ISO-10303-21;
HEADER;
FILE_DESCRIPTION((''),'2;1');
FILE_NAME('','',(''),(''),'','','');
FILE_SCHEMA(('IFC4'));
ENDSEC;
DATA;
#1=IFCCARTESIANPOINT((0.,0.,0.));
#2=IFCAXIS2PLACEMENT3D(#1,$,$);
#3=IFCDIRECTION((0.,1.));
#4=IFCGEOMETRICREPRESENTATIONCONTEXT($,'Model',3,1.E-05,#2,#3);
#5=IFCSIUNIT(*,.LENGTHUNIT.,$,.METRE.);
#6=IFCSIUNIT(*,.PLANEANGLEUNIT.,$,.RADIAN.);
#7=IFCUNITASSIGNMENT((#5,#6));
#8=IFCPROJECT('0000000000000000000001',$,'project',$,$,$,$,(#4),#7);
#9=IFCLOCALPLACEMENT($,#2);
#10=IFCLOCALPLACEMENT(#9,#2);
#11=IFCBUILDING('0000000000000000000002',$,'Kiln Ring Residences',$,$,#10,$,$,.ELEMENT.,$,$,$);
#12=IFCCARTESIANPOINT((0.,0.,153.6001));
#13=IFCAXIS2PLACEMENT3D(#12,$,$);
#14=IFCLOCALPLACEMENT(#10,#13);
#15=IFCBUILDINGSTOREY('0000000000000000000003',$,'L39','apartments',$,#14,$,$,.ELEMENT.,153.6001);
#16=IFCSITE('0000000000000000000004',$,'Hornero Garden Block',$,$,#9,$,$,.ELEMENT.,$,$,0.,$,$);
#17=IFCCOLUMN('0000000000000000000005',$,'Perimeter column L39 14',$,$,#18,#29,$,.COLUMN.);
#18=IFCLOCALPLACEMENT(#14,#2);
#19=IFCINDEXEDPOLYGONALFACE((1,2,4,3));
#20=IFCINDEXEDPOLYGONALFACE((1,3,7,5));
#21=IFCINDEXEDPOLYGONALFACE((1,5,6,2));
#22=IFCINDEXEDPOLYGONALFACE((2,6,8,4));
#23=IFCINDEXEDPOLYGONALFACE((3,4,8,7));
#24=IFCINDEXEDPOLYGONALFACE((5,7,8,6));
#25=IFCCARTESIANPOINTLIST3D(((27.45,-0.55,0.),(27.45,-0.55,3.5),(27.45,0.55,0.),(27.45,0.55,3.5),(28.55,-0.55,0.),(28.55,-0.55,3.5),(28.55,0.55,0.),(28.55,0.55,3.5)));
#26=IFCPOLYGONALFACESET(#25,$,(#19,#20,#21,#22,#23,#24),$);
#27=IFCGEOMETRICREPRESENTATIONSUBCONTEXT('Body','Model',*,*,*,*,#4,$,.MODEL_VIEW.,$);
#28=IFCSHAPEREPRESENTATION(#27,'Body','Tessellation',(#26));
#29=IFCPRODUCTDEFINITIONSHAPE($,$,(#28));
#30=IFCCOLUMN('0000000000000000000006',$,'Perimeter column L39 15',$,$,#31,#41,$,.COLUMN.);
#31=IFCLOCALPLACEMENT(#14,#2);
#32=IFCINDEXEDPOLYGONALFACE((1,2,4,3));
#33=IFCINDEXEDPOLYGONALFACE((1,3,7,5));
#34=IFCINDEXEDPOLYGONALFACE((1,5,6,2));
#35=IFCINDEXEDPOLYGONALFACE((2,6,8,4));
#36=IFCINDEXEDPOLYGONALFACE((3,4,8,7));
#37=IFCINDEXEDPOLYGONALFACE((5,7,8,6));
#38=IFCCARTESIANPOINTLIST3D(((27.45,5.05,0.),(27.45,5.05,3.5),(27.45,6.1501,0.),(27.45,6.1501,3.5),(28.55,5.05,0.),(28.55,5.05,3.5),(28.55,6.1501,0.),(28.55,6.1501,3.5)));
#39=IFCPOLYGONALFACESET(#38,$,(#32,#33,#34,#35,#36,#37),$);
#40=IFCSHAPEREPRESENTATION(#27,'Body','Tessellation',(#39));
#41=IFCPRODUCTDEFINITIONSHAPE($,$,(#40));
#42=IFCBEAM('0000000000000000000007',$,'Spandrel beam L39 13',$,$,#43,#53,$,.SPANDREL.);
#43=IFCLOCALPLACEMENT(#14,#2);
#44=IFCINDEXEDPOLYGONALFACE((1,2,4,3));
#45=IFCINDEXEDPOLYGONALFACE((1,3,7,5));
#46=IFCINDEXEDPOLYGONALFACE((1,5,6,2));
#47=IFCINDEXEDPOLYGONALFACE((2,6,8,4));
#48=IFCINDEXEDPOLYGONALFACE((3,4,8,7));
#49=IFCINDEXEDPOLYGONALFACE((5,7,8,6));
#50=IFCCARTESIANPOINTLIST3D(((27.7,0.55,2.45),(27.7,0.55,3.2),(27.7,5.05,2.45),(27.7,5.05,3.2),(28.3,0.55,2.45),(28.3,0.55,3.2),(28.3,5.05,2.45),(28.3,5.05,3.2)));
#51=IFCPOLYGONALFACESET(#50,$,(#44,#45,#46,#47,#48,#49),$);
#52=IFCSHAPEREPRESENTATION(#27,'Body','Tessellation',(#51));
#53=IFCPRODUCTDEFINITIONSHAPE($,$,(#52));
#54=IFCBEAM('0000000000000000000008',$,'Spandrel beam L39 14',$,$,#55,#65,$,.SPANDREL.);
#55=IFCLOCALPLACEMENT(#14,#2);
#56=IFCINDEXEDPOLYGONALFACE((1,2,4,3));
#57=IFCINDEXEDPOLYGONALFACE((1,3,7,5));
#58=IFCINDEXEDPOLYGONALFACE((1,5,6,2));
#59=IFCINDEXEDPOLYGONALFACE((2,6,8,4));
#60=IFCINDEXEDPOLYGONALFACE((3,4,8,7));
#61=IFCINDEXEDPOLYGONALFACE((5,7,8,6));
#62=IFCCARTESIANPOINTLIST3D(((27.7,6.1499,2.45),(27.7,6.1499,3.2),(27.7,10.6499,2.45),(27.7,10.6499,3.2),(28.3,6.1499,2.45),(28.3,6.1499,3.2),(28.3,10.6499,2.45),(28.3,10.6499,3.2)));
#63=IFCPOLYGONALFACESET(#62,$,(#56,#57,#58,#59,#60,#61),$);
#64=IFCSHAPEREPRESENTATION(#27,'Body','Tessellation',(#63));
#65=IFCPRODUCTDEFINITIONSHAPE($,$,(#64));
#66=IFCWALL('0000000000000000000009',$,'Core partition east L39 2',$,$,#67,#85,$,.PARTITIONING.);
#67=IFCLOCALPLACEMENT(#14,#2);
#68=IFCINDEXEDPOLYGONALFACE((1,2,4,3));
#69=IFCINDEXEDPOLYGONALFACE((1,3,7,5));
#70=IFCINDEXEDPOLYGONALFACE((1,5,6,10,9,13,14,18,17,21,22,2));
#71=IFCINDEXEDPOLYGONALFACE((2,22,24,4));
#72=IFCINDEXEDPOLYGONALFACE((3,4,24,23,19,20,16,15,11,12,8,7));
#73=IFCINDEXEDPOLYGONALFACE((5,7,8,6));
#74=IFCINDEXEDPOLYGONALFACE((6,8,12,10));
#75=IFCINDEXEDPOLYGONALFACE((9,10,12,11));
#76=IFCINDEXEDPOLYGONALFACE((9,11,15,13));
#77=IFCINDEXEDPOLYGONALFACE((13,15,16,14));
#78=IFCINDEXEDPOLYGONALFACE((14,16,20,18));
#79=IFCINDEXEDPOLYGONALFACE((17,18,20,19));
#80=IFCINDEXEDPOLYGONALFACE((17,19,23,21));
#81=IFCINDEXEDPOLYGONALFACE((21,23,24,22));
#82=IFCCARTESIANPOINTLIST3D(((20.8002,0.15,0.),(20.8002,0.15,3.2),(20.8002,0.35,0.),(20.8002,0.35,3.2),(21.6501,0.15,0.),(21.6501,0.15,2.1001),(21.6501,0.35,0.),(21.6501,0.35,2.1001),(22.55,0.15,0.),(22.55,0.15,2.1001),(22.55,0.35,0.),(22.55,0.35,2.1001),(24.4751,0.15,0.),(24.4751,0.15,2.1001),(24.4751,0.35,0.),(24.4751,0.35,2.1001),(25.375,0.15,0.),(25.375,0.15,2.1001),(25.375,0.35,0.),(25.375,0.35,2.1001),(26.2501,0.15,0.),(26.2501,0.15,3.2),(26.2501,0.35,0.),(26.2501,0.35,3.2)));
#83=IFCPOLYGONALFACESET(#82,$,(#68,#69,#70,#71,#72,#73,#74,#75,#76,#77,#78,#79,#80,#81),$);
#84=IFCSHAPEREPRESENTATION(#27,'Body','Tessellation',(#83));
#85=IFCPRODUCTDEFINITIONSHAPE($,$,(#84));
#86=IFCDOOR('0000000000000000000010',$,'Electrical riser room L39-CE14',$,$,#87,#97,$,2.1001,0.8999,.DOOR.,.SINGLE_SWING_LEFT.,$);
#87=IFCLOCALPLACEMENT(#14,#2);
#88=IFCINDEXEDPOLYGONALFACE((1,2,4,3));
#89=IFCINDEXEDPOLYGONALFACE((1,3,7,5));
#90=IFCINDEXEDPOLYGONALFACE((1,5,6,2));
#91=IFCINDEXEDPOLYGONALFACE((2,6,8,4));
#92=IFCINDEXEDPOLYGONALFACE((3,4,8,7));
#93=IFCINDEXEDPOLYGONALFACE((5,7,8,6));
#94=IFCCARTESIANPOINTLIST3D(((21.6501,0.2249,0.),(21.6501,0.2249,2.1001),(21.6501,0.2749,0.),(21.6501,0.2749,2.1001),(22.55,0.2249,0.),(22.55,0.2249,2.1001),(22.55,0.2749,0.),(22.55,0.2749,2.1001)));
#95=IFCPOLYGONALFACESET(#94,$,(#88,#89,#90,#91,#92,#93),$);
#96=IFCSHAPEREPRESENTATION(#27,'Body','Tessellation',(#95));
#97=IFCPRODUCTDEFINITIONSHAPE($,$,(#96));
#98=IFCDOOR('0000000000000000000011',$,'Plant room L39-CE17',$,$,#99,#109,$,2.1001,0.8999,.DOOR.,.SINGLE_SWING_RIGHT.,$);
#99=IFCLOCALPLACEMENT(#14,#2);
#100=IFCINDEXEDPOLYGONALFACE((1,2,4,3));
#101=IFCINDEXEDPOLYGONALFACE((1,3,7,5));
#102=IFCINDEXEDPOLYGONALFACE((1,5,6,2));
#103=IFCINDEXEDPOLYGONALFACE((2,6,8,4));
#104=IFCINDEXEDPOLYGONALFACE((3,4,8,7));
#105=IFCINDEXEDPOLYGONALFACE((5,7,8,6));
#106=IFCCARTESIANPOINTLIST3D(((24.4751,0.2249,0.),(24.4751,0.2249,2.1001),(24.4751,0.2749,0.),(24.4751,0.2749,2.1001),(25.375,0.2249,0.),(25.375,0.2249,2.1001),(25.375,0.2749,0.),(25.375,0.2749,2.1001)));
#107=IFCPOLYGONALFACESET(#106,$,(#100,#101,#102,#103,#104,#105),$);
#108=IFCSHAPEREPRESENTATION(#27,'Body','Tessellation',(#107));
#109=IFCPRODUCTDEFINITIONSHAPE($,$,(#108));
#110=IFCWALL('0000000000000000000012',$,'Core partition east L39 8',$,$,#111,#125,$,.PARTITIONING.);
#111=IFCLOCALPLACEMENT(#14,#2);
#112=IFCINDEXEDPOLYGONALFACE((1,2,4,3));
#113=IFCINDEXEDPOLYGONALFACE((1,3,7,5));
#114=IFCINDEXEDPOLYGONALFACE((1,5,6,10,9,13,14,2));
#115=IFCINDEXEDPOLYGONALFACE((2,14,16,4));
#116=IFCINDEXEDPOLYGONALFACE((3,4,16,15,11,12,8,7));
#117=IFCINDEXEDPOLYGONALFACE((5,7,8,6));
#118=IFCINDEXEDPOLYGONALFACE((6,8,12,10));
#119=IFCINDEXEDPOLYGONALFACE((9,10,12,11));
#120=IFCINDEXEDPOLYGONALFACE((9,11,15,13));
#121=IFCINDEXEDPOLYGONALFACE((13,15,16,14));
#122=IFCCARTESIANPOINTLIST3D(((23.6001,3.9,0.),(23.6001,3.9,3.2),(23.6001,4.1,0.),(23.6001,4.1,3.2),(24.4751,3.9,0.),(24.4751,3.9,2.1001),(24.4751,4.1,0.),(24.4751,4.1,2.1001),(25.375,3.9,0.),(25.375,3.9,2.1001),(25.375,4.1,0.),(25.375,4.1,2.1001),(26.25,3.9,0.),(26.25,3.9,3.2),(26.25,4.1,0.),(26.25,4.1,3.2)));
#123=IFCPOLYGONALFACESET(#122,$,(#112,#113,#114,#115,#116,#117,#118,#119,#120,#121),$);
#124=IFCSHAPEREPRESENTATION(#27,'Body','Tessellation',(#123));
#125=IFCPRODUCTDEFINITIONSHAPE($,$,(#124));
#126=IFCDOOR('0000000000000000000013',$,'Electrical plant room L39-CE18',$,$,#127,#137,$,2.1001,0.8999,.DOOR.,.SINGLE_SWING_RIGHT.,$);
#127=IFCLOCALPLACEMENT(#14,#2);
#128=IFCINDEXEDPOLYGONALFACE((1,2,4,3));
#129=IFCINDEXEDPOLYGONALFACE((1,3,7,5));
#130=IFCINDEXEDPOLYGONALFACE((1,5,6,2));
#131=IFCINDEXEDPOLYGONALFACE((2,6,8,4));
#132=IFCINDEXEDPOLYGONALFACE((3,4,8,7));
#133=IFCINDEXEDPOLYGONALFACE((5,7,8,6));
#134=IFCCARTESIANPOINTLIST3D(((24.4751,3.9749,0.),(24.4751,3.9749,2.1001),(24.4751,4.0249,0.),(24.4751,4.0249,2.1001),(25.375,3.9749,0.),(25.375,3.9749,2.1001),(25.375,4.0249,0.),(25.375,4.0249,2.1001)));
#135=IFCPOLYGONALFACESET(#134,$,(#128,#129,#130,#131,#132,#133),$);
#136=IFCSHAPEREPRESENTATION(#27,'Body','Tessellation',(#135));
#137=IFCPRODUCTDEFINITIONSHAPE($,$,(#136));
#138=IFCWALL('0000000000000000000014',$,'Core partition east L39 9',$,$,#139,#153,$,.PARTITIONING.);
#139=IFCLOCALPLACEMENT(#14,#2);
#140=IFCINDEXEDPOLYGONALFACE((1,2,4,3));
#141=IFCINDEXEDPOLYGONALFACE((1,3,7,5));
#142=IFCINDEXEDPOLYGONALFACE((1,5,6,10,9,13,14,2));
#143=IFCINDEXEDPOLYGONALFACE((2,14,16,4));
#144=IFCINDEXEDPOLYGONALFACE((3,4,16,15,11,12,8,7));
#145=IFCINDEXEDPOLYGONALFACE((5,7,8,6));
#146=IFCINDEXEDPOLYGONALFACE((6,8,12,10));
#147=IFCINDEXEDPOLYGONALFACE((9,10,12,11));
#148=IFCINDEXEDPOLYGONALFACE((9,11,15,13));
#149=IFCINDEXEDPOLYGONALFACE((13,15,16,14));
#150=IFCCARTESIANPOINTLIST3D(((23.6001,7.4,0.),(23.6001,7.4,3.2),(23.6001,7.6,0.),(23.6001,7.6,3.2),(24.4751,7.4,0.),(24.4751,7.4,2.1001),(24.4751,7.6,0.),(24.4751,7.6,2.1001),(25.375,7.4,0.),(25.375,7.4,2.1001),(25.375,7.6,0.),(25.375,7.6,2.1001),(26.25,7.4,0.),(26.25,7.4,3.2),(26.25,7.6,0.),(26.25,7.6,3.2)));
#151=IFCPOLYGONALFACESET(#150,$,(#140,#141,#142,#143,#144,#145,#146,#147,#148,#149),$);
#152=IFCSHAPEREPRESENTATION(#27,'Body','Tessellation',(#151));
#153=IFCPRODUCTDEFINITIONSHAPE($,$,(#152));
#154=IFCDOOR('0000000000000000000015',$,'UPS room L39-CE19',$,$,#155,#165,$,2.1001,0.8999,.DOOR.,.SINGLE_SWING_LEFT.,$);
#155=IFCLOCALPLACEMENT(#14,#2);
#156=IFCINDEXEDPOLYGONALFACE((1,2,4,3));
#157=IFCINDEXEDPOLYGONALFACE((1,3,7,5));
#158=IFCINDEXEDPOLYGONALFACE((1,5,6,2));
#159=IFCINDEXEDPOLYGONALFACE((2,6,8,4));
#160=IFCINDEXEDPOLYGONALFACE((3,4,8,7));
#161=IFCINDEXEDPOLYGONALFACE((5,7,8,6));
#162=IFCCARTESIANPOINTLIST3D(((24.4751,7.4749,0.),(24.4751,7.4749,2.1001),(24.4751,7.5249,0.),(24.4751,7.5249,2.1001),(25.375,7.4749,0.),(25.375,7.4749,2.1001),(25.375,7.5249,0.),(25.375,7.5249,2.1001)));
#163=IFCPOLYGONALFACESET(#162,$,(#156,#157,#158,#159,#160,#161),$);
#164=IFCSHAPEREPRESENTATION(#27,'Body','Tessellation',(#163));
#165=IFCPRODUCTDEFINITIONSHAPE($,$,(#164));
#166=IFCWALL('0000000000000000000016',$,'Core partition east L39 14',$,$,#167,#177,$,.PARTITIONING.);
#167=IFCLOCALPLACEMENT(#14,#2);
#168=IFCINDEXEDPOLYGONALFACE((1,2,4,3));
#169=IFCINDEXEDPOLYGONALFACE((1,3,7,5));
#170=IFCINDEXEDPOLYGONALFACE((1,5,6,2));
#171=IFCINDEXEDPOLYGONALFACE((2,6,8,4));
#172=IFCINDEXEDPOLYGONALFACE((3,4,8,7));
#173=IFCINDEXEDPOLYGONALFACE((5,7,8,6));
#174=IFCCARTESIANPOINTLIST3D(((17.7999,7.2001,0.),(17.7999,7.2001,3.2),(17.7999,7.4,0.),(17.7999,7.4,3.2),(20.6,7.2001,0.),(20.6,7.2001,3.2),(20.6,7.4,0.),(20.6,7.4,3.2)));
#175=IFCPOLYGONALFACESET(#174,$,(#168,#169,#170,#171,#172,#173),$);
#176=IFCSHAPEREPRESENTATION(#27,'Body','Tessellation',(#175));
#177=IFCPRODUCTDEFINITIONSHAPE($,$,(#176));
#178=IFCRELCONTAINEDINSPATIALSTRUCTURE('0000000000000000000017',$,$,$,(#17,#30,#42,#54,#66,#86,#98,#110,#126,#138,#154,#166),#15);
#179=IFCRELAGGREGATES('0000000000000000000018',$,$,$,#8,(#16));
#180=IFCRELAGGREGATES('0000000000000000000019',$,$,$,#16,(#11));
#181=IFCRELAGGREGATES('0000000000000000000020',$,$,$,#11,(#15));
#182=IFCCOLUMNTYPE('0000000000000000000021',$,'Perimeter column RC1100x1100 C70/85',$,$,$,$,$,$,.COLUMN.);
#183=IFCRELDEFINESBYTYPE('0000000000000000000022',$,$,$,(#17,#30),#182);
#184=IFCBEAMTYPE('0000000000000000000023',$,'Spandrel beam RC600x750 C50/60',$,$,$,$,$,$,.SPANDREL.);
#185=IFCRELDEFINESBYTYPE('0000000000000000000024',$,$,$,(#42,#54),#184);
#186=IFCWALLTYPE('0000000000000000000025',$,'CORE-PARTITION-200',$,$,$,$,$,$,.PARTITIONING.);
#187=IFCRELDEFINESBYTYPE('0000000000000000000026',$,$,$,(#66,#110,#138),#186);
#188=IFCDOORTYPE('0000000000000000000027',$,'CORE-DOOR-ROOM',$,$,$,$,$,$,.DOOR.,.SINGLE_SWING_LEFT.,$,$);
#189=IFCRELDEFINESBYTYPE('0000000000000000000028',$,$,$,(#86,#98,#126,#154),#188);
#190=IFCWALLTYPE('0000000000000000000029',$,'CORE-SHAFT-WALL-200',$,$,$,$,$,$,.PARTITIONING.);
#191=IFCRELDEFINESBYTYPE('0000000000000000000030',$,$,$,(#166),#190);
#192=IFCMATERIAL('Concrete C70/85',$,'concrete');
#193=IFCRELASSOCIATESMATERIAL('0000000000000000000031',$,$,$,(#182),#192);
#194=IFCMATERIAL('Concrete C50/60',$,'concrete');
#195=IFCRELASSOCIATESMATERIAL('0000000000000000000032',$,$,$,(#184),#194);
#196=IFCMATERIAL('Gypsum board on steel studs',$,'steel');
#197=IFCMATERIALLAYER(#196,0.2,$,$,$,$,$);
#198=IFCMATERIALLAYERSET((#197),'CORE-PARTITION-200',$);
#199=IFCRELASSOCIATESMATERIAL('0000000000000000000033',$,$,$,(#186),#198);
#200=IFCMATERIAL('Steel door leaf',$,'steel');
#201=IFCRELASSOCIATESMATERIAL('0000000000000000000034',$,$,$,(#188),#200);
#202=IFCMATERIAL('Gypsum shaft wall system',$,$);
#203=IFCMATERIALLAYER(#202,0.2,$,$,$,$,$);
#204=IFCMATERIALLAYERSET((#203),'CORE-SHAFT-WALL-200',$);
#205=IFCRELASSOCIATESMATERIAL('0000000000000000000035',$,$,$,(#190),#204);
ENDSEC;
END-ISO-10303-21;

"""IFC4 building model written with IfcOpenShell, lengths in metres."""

from ifc_helpers import new_model, si_unit, direction, frame, frame_2d, origin, origin_2d, place, context, subcontext, project, spatial, rectangle, extrude, material, layer, layer_set, material_profile, profile_set, type_object, element, fill, save


model = new_model("IFC4")

# Units and contexts
model_context = context("Model", 3, precision=1e-05, world=origin(), true_north=direction((0.0, 1.0)))
body_context = subcontext(model_context, "Body", "Model", "MODEL_VIEW")
ifc_project = project(units=[si_unit("LENGTHUNIT", "METRE"), si_unit("PLANEANGLEUNIT", "RADIAN")], contexts=[model_context])

# Site, building, storey
site_placement = place(None, origin())
site = spatial("IfcSite", under=ifc_project, at=site_placement, Name="Hornero Garden Block", CompositionType="ELEMENT", RefElevation=0.0)
building_placement = place(site_placement, origin())
building = spatial("IfcBuilding", under=site, at=building_placement, Name="Kiln Ring Residences", CompositionType="ELEMENT")
storey_placement = place(building_placement, frame((0.0, 0.0, 153.6001)))
storey = spatial("IfcBuildingStorey", under=building, at=storey_placement, Name="L39", Description="apartments", CompositionType="ELEMENT", Elevation=153.6001)

# Columns
ifc_material_1 = material(Name="Concrete C70/85", Category="concrete")
ifc_material_profile_1 = material_profile(ifc_material_1, rectangle(XDim=1.1001, YDim=1.1001, at=origin_2d()), Name="RC1100x1100")
ifc_profile_set_1 = profile_set([ifc_material_profile_1], Name="Concrete C70/85")
column_type = type_object("IfcColumnType", Name="Perimeter column RC1100x1100 C70/85", PredefinedType="COLUMN", material=ifc_profile_set_1)
for number, where, z_axis, x_axis, name in (
    (1, (28.0, 0.0, 0.0), (0.0, 0.0, 1.0), (1.0, 0.0, 0.0), "Perimeter column L39 14"),
    (2, (28.0, 5.6001, 0.0), (0.0, 0.0, 1.0), (1.0, 0.0, 0.0), "Perimeter column L39 15"),
):
    element("IfcColumn", number, at=place(storey_placement, frame(where, z_axis=z_axis, x_axis=x_axis)), inside=storey, type_object=column_type, Name=name, PredefinedType="COLUMN", context=body_context, shape_type="SweptSolid", body=[
        extrude(rectangle(XDim=1.1001, YDim=1.1001, at=origin_2d()), origin(), (0.0, 0.0, 1.0), 3.5),
    ])

# Beams
ifc_material_2 = material(Name="Concrete C50/60", Category="concrete")
ifc_material_profile_2 = material_profile(ifc_material_2, rectangle(XDim=0.6001, YDim=0.75, at=origin_2d()), Name="RC600x750")
ifc_profile_set_2 = profile_set([ifc_material_profile_2], Name="Concrete C50/60")
beam_type = type_object("IfcBeamType", Name="Spandrel beam RC600x750 C50/60", PredefinedType="SPANDREL", material=ifc_profile_set_2)
for number, where, z_axis, x_axis, name in (
    (3, (28.0, 0.55, 2.825), (0.0, 1.0, 0.0), (-1.0, 0.0, 0.0), "Spandrel beam L39 13"),
    (4, (28.0, 6.1499, 2.825), (0.0, 1.0, 0.0), (-1.0, 0.0, 0.0), "Spandrel beam L39 14"),
):
    element("IfcBeam", number, at=place(storey_placement, frame(where, z_axis=z_axis, x_axis=x_axis)), inside=storey, type_object=beam_type, Name=name, PredefinedType="SPANDREL", context=body_context, shape_type="SweptSolid", body=[
        extrude(rectangle(XDim=0.6001, YDim=0.75, at=origin_2d()), origin(), (0.0, 0.0, 1.0), 4.5),
    ])

# Wall, openings, doors
ifc_material_3 = material(Name="Gypsum board on steel studs", Category="steel")
ifc_layer_1 = layer(ifc_material_3, 0.2)
ifc_layer_set_1 = layer_set([ifc_layer_1], Name="CORE-PARTITION-200")
wall_type_1 = type_object("IfcWallType", Name="CORE-PARTITION-200", PredefinedType="PARTITIONING", material=ifc_layer_set_1)
wall_1_placement = place(storey_placement, frame((20.8, 0.25, 0.0), z_axis=(0.0, 0.0, 1.0), x_axis=(1.0, 0.0, 0.0)))
wall_1 = element("IfcWall", 5, at=wall_1_placement, inside=storey, type_object=wall_type_1, Name="Core partition east L39 2", PredefinedType="PARTITIONING", context=body_context, shape_type="SweptSolid", body=[
    extrude(rectangle(XDim=5.45, YDim=0.2, at=frame_2d((2.7251, 0.0))), origin(), (0.0, 0.0, 1.0), 3.2),
])
opening_1_placement = place(wall_1_placement, frame((0.8501, 0.0, 0.0)))
opening_1 = element("IfcOpeningElement", 6, at=opening_1_placement, cuts=wall_1, PredefinedType="OPENING", context=body_context, shape_type="SweptSolid", body=[
    extrude(rectangle(XDim=0.8999, YDim=2.1001, at=frame_2d((0.45, 1.05))), frame((0.0, 0.1099, 0.0), z_axis=(0.0, -1.0, 0.0), x_axis=(1.0, 0.0, 0.0)), (0.0, 0.0, 1.0), 0.22),
])
opening_2_placement = place(wall_1_placement, frame((3.675, 0.0, 0.0)))
opening_2 = element("IfcOpeningElement", 7, at=opening_2_placement, cuts=wall_1, PredefinedType="OPENING", context=body_context, shape_type="SweptSolid", body=[
    extrude(rectangle(XDim=0.8999, YDim=2.1001, at=frame_2d((0.45, 1.05))), frame((0.0, 0.1099, 0.0), z_axis=(0.0, -1.0, 0.0), x_axis=(1.0, 0.0, 0.0)), (0.0, 0.0, 1.0), 0.22),
])
ifc_material_4 = material(Name="Steel door leaf", Category="steel")
door_type = type_object("IfcDoorType", Name="CORE-DOOR-ROOM", OperationType="SINGLE_SWING_LEFT", PredefinedType="DOOR", material=ifc_material_4)
door_1_placement = place(opening_1_placement, origin())
door_1 = element("IfcDoor", 8, at=door_1_placement, inside=storey, type_object=door_type, Name="Electrical riser room L39-CE14", OperationType="SINGLE_SWING_LEFT", OverallHeight=2.1001, OverallWidth=0.8999, PredefinedType="DOOR", context=body_context, shape_type="SweptSolid", body=[
    extrude(rectangle(XDim=0.8999, YDim=2.1001, at=frame_2d((0.45, 1.05))), frame((0.0, 0.0249, 0.0), z_axis=(0.0, -1.0, 0.0), x_axis=(1.0, 0.0, 0.0)), (0.0, 0.0, 1.0), 0.05),
])
fill(opening_1, door_1)
door_2_placement = place(opening_2_placement, origin())
door_2 = element("IfcDoor", 9, at=door_2_placement, inside=storey, type_object=door_type, Name="Plant room L39-CE17", OperationType="SINGLE_SWING_RIGHT", OverallHeight=2.1001, OverallWidth=0.8999, PredefinedType="DOOR", context=body_context, shape_type="SweptSolid", body=[
    extrude(rectangle(XDim=0.8999, YDim=2.1001, at=frame_2d((0.45, 1.05))), frame((0.0, 0.0249, 0.0), z_axis=(0.0, -1.0, 0.0), x_axis=(1.0, 0.0, 0.0)), (0.0, 0.0, 1.0), 0.05),
])
fill(opening_2, door_2)

# Walls, openings, doors
wall_2_placement = place(storey_placement, frame((23.6001, 4.0, 0.0), z_axis=(0.0, 0.0, 1.0), x_axis=(1.0, 0.0, 0.0)))
wall_2 = element("IfcWall", 10, at=wall_2_placement, inside=storey, type_object=wall_type_1, Name="Core partition east L39 8", PredefinedType="PARTITIONING", context=body_context, shape_type="SweptSolid", body=[
    extrude(rectangle(XDim=2.6499, YDim=0.2, at=frame_2d((1.325, 0.0))), origin(), (0.0, 0.0, 1.0), 3.2),
])
opening_3_placement = place(wall_2_placement, frame((0.875, 0.0, 0.0)))
opening_3 = element("IfcOpeningElement", 11, at=opening_3_placement, cuts=wall_2, PredefinedType="OPENING", context=body_context, shape_type="SweptSolid", body=[
    extrude(rectangle(XDim=0.8999, YDim=2.1001, at=frame_2d((0.45, 1.05))), frame((0.0, 0.1099, 0.0), z_axis=(0.0, -1.0, 0.0), x_axis=(1.0, 0.0, 0.0)), (0.0, 0.0, 1.0), 0.22),
])
door_3_placement = place(opening_3_placement, origin())
door_3 = element("IfcDoor", 12, at=door_3_placement, inside=storey, type_object=door_type, Name="Electrical plant room L39-CE18", OperationType="SINGLE_SWING_RIGHT", OverallHeight=2.1001, OverallWidth=0.8999, PredefinedType="DOOR", context=body_context, shape_type="SweptSolid", body=[
    extrude(rectangle(XDim=0.8999, YDim=2.1001, at=frame_2d((0.45, 1.05))), frame((0.0, 0.0249, 0.0), z_axis=(0.0, -1.0, 0.0), x_axis=(1.0, 0.0, 0.0)), (0.0, 0.0, 1.0), 0.05),
])
fill(opening_3, door_3)
wall_3_placement = place(storey_placement, frame((23.6001, 7.5, 0.0), z_axis=(0.0, 0.0, 1.0), x_axis=(1.0, 0.0, 0.0)))
wall_3 = element("IfcWall", 13, at=wall_3_placement, inside=storey, type_object=wall_type_1, Name="Core partition east L39 9", PredefinedType="PARTITIONING", context=body_context, shape_type="SweptSolid", body=[
    extrude(rectangle(XDim=2.6499, YDim=0.2, at=frame_2d((1.325, 0.0))), origin(), (0.0, 0.0, 1.0), 3.2),
])
opening_4_placement = place(wall_3_placement, frame((0.875, 0.0, 0.0)))
opening_4 = element("IfcOpeningElement", 14, at=opening_4_placement, cuts=wall_3, PredefinedType="OPENING", context=body_context, shape_type="SweptSolid", body=[
    extrude(rectangle(XDim=0.8999, YDim=2.1001, at=frame_2d((0.45, 1.05))), frame((0.0, 0.1099, 0.0), z_axis=(0.0, -1.0, 0.0), x_axis=(1.0, 0.0, 0.0)), (0.0, 0.0, 1.0), 0.22),
])
door_4_placement = place(opening_4_placement, origin())
door_4 = element("IfcDoor", 15, at=door_4_placement, inside=storey, type_object=door_type, Name="UPS room L39-CE19", OperationType="SINGLE_SWING_LEFT", OverallHeight=2.1001, OverallWidth=0.8999, PredefinedType="DOOR", context=body_context, shape_type="SweptSolid", body=[
    extrude(rectangle(XDim=0.8999, YDim=2.1001, at=frame_2d((0.45, 1.05))), frame((0.0, 0.0249, 0.0), z_axis=(0.0, -1.0, 0.0), x_axis=(1.0, 0.0, 0.0)), (0.0, 0.0, 1.0), 0.05),
])
fill(opening_4, door_4)

# Wall
ifc_material_5 = material(Name="Gypsum shaft wall system")
ifc_layer_2 = layer(ifc_material_5, 0.2)
ifc_layer_set_2 = layer_set([ifc_layer_2], Name="CORE-SHAFT-WALL-200")
wall_type_2 = type_object("IfcWallType", Name="CORE-SHAFT-WALL-200", PredefinedType="PARTITIONING", material=ifc_layer_set_2)
wall_4_placement = place(storey_placement, frame((17.8, 7.3, 0.0), z_axis=(0.0, 0.0, 1.0), x_axis=(1.0, 0.0, 0.0)))
element("IfcWall", 16, at=wall_4_placement, inside=storey, type_object=wall_type_2, Name="Core partition east L39 14", PredefinedType="PARTITIONING", context=body_context, shape_type="SweptSolid", body=[
    extrude(rectangle(XDim=2.8, YDim=0.2, at=frame_2d((1.3999, 0.0))), origin(), (0.0, 0.0, 1.0), 3.2),
])

save(model, "model.ifc")
